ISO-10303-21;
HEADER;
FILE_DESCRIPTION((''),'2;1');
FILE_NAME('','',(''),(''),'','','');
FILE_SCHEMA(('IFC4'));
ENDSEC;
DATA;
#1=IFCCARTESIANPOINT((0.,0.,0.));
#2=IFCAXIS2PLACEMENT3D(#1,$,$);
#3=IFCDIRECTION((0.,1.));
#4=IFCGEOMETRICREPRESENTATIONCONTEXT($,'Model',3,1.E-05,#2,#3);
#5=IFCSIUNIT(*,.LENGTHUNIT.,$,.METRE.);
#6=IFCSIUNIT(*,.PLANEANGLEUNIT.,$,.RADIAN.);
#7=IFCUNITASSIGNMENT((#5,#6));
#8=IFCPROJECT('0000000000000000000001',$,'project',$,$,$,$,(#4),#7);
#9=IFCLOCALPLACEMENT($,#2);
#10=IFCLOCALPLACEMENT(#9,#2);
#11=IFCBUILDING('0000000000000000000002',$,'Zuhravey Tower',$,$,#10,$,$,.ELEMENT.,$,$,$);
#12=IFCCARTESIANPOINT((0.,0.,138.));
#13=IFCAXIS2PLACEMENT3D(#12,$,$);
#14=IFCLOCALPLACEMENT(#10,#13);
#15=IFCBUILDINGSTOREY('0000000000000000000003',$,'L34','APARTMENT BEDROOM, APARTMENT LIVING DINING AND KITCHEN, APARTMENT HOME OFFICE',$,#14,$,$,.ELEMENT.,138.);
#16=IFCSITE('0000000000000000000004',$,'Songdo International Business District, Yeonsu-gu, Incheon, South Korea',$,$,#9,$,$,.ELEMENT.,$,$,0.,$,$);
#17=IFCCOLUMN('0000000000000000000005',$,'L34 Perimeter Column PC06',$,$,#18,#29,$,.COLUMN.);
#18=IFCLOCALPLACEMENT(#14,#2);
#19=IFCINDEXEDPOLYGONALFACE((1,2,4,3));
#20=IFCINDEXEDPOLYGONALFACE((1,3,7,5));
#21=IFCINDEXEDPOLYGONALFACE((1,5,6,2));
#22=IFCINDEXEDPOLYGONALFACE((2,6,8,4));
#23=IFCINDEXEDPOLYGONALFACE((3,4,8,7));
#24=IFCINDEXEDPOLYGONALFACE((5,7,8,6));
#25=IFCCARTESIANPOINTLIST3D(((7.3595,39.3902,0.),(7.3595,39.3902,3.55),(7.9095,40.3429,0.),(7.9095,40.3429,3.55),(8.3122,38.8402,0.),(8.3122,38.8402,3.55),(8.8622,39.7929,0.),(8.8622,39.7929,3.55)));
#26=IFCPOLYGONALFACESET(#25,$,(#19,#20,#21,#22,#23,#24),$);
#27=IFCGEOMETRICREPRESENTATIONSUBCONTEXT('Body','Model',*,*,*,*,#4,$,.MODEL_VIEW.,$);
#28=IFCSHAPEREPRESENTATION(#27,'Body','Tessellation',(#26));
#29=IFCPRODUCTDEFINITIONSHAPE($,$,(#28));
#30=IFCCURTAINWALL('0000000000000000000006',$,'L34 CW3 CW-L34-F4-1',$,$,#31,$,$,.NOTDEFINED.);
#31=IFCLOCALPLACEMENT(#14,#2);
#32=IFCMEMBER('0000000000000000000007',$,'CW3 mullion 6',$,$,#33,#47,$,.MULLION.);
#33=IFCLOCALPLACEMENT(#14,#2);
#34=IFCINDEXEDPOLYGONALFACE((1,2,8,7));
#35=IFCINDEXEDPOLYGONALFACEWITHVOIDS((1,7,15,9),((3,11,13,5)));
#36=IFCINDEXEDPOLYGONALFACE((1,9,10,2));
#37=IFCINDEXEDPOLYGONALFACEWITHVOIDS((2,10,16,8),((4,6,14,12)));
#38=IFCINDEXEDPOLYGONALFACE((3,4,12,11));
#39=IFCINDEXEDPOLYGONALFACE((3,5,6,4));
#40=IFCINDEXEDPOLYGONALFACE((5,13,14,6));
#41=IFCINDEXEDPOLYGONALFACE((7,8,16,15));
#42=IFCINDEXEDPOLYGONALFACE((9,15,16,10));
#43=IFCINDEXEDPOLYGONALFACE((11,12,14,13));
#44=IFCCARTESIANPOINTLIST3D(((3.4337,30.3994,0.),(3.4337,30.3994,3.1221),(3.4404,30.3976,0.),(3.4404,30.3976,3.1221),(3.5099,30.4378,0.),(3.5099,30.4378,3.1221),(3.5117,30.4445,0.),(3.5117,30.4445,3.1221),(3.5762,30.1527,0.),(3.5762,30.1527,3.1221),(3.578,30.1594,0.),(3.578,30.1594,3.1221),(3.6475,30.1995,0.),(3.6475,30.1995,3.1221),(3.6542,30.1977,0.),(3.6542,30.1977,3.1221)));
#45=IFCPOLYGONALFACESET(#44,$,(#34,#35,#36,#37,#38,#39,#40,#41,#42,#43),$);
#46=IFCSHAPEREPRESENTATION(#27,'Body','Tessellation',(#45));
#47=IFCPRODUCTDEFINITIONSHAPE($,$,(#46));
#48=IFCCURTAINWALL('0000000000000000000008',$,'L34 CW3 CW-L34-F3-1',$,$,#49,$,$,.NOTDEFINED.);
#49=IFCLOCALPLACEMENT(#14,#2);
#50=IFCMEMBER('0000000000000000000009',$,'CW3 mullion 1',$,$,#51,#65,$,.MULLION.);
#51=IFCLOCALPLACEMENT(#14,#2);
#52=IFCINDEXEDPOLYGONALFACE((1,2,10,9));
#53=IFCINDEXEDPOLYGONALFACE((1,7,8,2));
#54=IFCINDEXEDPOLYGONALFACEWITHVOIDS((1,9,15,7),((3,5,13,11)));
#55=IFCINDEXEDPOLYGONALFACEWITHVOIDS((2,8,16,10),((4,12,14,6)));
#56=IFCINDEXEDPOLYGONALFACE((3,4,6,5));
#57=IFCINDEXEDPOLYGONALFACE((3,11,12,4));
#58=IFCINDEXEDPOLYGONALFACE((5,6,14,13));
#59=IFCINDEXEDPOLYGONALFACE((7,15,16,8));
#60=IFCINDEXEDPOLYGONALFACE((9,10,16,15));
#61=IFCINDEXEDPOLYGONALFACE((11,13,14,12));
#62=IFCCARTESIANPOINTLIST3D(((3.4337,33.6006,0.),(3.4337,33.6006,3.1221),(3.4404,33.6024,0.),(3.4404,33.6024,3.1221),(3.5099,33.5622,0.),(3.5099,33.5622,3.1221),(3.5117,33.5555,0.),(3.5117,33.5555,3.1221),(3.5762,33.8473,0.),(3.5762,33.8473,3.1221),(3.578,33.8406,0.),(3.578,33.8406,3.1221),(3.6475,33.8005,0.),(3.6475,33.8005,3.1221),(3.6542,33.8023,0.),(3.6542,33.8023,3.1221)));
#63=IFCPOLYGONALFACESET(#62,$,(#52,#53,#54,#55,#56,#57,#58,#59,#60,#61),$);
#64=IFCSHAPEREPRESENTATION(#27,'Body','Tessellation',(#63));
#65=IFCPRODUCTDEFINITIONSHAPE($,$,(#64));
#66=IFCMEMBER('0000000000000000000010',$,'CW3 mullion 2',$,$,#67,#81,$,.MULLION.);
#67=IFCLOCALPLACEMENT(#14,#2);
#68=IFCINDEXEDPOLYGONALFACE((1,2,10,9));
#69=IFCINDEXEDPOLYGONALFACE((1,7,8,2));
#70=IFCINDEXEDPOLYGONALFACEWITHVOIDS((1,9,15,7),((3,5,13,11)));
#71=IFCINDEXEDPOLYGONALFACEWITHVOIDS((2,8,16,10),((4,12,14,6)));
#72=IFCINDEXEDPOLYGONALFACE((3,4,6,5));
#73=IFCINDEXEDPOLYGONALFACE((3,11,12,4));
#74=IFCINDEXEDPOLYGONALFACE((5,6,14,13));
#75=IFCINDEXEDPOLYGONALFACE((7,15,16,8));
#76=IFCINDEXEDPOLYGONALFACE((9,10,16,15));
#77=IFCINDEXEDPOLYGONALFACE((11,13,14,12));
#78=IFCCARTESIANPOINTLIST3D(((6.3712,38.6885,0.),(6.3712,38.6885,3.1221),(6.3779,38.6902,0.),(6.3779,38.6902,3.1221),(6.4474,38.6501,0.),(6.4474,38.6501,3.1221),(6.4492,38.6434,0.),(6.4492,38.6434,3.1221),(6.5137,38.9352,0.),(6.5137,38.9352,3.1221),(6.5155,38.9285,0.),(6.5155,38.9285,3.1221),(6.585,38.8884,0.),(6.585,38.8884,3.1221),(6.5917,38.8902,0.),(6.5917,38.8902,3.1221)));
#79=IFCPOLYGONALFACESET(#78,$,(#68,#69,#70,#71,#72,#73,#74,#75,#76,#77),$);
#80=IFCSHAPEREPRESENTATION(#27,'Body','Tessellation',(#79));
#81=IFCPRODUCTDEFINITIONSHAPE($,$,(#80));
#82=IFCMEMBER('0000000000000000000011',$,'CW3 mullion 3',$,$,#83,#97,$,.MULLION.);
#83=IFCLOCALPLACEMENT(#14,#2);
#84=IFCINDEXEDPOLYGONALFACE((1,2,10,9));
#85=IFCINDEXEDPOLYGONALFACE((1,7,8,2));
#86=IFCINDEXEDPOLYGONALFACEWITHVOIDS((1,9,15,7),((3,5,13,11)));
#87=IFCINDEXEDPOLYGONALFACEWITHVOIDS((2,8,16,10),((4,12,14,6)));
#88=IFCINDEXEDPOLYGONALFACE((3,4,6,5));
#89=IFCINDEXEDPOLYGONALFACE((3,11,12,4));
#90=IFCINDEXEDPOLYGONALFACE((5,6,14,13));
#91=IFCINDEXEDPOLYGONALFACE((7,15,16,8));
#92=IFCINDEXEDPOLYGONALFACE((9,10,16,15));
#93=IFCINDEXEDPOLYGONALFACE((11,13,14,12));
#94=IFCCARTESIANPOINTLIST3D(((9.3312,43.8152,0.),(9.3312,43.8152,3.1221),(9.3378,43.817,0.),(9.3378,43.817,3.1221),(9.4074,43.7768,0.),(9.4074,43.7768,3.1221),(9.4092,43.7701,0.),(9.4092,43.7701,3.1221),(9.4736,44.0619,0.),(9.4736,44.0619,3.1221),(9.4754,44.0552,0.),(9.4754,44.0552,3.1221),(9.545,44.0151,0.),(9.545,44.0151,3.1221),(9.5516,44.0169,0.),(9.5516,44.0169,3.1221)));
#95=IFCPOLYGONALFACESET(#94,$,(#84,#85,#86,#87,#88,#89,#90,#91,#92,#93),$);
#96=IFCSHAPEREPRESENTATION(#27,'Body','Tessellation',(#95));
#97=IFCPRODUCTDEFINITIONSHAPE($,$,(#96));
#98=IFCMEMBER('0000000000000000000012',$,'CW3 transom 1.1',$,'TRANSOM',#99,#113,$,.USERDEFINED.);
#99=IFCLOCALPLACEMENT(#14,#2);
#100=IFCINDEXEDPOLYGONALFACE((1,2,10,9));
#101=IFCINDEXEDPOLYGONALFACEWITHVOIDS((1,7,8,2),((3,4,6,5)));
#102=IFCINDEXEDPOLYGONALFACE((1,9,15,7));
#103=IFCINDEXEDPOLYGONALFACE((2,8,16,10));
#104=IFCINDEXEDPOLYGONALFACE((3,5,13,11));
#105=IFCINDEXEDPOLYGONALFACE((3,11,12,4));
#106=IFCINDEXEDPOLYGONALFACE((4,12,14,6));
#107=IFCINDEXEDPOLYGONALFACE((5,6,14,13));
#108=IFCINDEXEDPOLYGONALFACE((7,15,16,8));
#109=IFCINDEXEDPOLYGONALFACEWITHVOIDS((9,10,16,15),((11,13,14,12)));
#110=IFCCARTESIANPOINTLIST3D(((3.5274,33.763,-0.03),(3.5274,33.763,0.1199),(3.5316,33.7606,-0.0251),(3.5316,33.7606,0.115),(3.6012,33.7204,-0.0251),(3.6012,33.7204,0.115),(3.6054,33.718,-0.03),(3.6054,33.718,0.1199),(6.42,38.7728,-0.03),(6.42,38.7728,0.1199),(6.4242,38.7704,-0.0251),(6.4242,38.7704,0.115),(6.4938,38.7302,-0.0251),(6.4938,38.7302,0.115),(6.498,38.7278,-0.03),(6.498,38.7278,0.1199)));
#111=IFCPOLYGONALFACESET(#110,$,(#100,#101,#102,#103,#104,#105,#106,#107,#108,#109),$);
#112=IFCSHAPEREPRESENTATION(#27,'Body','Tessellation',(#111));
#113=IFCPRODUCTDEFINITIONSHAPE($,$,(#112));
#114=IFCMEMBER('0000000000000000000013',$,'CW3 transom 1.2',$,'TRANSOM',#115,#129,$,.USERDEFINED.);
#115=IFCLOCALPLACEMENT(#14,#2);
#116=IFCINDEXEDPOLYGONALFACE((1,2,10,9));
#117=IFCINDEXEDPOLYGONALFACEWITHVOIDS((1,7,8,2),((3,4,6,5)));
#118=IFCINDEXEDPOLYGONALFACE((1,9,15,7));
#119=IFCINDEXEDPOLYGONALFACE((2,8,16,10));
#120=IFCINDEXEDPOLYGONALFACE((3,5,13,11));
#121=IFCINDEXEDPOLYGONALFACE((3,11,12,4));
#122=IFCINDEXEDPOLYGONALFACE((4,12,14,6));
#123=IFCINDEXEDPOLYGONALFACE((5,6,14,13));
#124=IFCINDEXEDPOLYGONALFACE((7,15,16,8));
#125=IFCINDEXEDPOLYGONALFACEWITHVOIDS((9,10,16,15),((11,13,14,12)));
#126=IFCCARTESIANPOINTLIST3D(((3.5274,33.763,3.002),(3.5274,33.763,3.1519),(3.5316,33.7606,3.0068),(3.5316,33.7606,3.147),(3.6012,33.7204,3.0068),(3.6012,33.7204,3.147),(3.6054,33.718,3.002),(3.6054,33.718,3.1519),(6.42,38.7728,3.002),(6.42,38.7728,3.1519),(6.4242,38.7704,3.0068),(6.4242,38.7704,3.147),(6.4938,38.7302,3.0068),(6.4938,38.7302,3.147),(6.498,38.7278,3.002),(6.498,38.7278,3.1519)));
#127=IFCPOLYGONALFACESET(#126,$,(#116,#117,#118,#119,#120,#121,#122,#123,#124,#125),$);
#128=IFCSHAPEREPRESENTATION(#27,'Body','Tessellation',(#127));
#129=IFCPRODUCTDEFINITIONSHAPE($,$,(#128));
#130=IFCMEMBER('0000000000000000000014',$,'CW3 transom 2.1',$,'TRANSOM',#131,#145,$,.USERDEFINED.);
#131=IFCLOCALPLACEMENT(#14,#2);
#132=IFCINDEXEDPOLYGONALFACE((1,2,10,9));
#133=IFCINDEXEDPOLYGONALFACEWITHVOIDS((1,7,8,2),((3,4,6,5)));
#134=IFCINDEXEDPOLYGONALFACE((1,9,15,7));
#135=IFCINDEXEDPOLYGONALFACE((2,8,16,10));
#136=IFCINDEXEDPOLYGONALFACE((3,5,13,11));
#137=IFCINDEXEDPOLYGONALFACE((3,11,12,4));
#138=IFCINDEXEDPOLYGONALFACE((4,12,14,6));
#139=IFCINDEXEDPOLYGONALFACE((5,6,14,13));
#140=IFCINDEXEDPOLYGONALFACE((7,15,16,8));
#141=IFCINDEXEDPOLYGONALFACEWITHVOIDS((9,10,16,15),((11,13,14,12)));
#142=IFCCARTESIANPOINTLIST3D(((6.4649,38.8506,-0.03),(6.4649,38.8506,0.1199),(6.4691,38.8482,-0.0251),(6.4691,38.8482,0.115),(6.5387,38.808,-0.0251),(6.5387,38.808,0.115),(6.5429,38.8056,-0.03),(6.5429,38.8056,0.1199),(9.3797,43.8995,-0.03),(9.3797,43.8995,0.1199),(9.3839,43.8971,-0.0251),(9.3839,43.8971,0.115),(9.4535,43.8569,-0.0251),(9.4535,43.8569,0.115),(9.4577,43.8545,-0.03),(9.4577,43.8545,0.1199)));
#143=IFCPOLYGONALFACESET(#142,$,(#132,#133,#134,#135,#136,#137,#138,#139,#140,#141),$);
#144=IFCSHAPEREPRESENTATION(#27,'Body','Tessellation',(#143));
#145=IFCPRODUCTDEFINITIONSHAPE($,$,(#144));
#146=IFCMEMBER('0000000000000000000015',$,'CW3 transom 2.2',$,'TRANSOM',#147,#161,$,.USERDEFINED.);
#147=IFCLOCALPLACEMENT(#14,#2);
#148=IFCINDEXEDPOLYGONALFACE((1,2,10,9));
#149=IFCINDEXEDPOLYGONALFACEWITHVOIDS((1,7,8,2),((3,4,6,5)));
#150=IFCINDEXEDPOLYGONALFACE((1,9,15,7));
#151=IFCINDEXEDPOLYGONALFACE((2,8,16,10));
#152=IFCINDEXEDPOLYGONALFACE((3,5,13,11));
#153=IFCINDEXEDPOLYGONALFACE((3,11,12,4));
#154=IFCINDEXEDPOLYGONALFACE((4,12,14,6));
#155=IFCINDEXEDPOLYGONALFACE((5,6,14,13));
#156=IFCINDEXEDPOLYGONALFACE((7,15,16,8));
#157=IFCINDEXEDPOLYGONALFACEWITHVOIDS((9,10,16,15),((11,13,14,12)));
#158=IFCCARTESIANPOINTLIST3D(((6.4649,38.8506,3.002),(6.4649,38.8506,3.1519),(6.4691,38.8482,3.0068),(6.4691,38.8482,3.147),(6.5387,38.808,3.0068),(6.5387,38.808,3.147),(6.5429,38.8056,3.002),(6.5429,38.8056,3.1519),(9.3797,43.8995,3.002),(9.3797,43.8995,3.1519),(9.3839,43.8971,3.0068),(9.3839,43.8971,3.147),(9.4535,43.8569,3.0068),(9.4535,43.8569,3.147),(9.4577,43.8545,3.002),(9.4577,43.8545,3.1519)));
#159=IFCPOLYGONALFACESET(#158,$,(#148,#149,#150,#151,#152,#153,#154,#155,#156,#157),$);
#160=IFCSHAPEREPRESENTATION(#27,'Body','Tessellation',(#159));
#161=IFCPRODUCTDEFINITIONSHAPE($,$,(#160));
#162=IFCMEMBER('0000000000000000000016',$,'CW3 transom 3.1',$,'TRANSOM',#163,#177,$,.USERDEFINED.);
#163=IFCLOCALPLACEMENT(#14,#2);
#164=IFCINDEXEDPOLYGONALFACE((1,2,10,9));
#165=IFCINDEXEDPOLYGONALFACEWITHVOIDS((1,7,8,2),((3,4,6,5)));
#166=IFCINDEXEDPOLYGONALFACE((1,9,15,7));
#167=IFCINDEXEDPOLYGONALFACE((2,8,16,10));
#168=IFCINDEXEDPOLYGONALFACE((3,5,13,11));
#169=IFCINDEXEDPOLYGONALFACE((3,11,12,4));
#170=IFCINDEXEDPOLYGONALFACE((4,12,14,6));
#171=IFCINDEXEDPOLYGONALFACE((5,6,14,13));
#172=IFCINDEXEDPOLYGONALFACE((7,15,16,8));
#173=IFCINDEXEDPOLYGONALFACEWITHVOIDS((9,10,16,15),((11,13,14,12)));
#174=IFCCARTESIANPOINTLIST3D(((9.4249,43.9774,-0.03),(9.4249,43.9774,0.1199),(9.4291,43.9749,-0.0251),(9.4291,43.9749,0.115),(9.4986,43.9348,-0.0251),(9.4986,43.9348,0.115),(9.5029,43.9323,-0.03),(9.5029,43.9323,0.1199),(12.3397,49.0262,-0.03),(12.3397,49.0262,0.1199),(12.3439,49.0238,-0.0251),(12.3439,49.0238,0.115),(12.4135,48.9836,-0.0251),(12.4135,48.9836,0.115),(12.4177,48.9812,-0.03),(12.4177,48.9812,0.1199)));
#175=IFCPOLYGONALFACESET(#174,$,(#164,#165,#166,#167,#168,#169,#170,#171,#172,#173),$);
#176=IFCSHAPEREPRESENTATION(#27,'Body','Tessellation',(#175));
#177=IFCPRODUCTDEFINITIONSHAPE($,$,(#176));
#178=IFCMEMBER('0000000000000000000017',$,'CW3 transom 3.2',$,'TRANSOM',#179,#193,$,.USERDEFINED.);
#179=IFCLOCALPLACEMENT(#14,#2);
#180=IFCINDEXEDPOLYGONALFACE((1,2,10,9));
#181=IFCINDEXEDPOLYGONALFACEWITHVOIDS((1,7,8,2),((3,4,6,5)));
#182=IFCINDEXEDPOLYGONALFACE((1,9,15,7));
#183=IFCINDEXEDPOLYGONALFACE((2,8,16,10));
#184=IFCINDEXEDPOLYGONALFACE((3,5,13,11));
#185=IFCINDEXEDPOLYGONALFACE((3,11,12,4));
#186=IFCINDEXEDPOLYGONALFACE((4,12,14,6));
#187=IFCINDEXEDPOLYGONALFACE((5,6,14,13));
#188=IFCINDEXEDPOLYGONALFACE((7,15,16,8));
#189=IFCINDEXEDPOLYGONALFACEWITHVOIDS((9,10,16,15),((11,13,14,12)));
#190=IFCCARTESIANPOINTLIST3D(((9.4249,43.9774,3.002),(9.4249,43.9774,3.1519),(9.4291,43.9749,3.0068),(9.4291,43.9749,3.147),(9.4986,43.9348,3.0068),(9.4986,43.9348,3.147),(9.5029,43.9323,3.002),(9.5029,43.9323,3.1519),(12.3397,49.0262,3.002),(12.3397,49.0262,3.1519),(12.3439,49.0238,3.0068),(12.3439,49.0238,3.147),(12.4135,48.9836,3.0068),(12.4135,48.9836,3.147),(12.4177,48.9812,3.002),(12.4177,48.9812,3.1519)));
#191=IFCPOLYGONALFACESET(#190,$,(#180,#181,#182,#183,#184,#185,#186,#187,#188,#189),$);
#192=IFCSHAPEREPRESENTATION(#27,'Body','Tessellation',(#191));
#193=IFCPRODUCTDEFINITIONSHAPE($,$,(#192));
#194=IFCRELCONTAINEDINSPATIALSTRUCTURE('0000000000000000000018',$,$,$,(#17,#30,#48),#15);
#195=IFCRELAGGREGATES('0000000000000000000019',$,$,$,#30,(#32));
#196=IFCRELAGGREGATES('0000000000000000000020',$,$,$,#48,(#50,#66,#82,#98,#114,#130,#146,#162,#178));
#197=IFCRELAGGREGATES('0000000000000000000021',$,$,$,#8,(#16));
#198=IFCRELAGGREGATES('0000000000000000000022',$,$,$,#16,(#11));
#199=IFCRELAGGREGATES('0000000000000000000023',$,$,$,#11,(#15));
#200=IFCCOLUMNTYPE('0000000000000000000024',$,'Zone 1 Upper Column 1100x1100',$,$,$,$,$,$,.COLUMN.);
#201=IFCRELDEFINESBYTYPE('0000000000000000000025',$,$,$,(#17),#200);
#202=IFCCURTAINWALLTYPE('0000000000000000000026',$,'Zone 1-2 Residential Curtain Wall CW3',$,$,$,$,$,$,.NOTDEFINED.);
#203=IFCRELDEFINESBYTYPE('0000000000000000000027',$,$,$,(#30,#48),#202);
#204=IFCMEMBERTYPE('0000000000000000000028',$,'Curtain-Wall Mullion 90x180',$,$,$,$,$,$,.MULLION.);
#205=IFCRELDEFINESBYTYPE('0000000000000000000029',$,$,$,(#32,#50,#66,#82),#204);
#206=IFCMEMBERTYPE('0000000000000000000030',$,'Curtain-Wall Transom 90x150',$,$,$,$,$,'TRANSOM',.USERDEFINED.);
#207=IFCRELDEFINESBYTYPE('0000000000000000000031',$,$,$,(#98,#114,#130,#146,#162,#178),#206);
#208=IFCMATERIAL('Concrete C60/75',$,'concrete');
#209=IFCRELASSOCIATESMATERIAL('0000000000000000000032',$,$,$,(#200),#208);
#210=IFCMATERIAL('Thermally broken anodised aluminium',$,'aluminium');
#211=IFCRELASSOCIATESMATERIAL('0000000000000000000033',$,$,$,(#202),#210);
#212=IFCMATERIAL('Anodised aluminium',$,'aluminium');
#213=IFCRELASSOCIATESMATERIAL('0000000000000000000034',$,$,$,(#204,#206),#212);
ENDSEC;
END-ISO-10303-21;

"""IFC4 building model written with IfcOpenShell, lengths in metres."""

from ifc_helpers import new_model, si_unit, direction, frame, origin, origin_2d, place, context, subcontext, project, spatial, rectangle, hollow_rectangle, extrude, material, material_profile, profile_set, type_object, element, aggregate, save


model = new_model("IFC4")

# Units and contexts
model_context = context("Model", 3, precision=1e-05, world=origin(), true_north=direction((0.0, 1.0)))
body_context = subcontext(model_context, "Body", "Model", "MODEL_VIEW")
ifc_project = project(units=[si_unit("LENGTHUNIT", "METRE"), si_unit("PLANEANGLEUNIT", "RADIAN")], contexts=[model_context])

# Site, building, storey
site_placement = place(None, origin())
site = spatial("IfcSite", under=ifc_project, at=site_placement, Name="Songdo International Business District, Yeonsu-gu, Incheon, South Korea", CompositionType="ELEMENT", RefElevation=0.0)
building_placement = place(site_placement, origin())
building = spatial("IfcBuilding", under=site, at=building_placement, Name="Zuhravey Tower", CompositionType="ELEMENT")
storey_placement = place(building_placement, frame((0.0, 0.0, 138.0)))
storey = spatial("IfcBuildingStorey", under=building, at=storey_placement, Name="L34", Description="APARTMENT BEDROOM, APARTMENT LIVING DINING AND KITCHEN, APARTMENT HOME OFFICE", CompositionType="ELEMENT", Elevation=138.0)

# Column
ifc_material_1 = material(Name="Concrete C60/75", Category="concrete")
ifc_material_profile_1 = material_profile(ifc_material_1, rectangle(XDim=1.1001, YDim=1.1001, at=origin_2d()), Name="RC-1100x1100")
ifc_profile_set_1 = profile_set([ifc_material_profile_1], Name="Concrete C60/75")
column_type = type_object("IfcColumnType", Name="Zone 1 Upper Column 1100x1100", PredefinedType="COLUMN", material=ifc_profile_set_1)
column_placement = place(storey_placement, frame((8.1108, 39.5916, 0.0), z_axis=(0.0, 0.0, 1.0), x_axis=(-0.5, -0.866025, 0.0)))
element("IfcColumn", 1, at=column_placement, inside=storey, type_object=column_type, Name="L34 Perimeter Column PC06", PredefinedType="COLUMN", context=body_context, shape_type="SweptSolid", body=[
    extrude(rectangle(XDim=1.1001, YDim=1.1001, at=origin_2d()), origin(), (0.0, 0.0, 1.0), 3.55),
])

# Curtain wall, member
ifc_material_2 = material(Name="Thermally broken anodised aluminium", Category="aluminium")
curtain_wall_type = type_object("IfcCurtainWallType", Name="Zone 1-2 Residential Curtain Wall CW3", PredefinedType="NOTDEFINED", material=ifc_material_2)
curtain_wall_1_placement = place(storey_placement, origin())
curtain_wall_1 = element("IfcCurtainWall", 2, at=curtain_wall_1_placement, inside=storey, type_object=curtain_wall_type, Name="L34 CW3 CW-L34-F4-1", PredefinedType="NOTDEFINED")
ifc_material_3 = material(Name="Anodised aluminium", Category="aluminium")
ifc_material_profile_2 = material_profile(ifc_material_3, hollow_rectangle(XDim=0.0901, YDim=0.2849, WallThickness=0.0049, at=origin_2d()), Name="ALU-RHS-90x285x5")
ifc_profile_set_2 = profile_set([ifc_material_profile_2], Name="Anodised aluminium")
member_type_1 = type_object("IfcMemberType", Name="Curtain-Wall Mullion 90x180", PredefinedType="MULLION", material=ifc_profile_set_2)
member_1_placement = place(storey_placement, frame((3.5439, 30.2986, 0.0), z_axis=(0.0, 0.0, 1.0), x_axis=(-0.866026, -0.5, 0.0)))
member_1 = element("IfcMember", 3, at=member_1_placement, type_object=member_type_1, Name="CW3 mullion 6", PredefinedType="MULLION", context=body_context, shape_type="SweptSolid", body=[
    extrude(hollow_rectangle(XDim=0.0901, YDim=0.2849, WallThickness=0.0049, at=origin_2d()), origin(), (0.0, 0.0, 1.0), 3.1221),
])
aggregate(curtain_wall_1, [member_1])

# Curtain wall, members
curtain_wall_2_placement = place(storey_placement, origin())
curtain_wall_2 = element("IfcCurtainWall", 4, at=curtain_wall_2_placement, inside=storey, type_object=curtain_wall_type, Name="L34 CW3 CW-L34-F3-1", PredefinedType="NOTDEFINED")
member_2_placement = place(storey_placement, frame((3.5439, 33.7014, 0.0), z_axis=(0.0, 0.0, 1.0), x_axis=(-0.866026, 0.5, 0.0)))
member_2 = element("IfcMember", 5, at=member_2_placement, type_object=member_type_1, Name="CW3 mullion 1", PredefinedType="MULLION", context=body_context, shape_type="SweptSolid", body=[
    extrude(hollow_rectangle(XDim=0.0901, YDim=0.2849, WallThickness=0.0049, at=origin_2d()), origin(), (0.0, 0.0, 1.0), 3.1221),
])
member_3_placement = place(storey_placement, frame((6.4814, 38.7893, 0.0), z_axis=(0.0, 0.0, 1.0), x_axis=(-0.866026, 0.5, 0.0)))
member_3 = element("IfcMember", 6, at=member_3_placement, type_object=member_type_1, Name="CW3 mullion 2", PredefinedType="MULLION", context=body_context, shape_type="SweptSolid", body=[
    extrude(hollow_rectangle(XDim=0.0901, YDim=0.2849, WallThickness=0.0049, at=origin_2d()), origin(), (0.0, 0.0, 1.0), 3.1221),
])
member_4_placement = place(storey_placement, frame((9.4414, 43.916, 0.0), z_axis=(0.0, 0.0, 1.0), x_axis=(-0.866026, 0.5, 0.0)))
member_4 = element("IfcMember", 7, at=member_4_placement, type_object=member_type_1, Name="CW3 mullion 3", PredefinedType="MULLION", context=body_context, shape_type="SweptSolid", body=[
    extrude(hollow_rectangle(XDim=0.0901, YDim=0.2849, WallThickness=0.0049, at=origin_2d()), origin(), (0.0, 0.0, 1.0), 3.1221),
])
ifc_material_profile_3 = material_profile(ifc_material_3, hollow_rectangle(XDim=0.0901, YDim=0.1499, WallThickness=0.0049, at=origin_2d()), Name="ALU-RHS-90x150x5")
ifc_profile_set_3 = profile_set([ifc_material_profile_3], Name="Anodised aluminium")
member_type_2 = type_object("IfcMemberType", Name="Curtain-Wall Transom 90x150", ElementType="TRANSOM", PredefinedType="USERDEFINED", material=ifc_profile_set_3)
member_5_placement = place(storey_placement, frame((3.5664, 33.7405, 0.0449), z_axis=(0.500024, 0.866011, 0.0), x_axis=(-0.866011, 0.500024, 0.0)))
member_5 = element("IfcMember", 8, at=member_5_placement, type_object=member_type_2, Name="CW3 transom 1.1", ObjectType="TRANSOM", PredefinedType="USERDEFINED", context=body_context, shape_type="SweptSolid", body=[
    extrude(hollow_rectangle(XDim=0.0901, YDim=0.1499, WallThickness=0.0049, at=origin_2d()), origin(), (0.0, 0.0, 1.0), 5.7849),
])
member_6_placement = place(storey_placement, frame((3.5664, 33.7405, 3.0769), z_axis=(0.500024, 0.866011, 0.0), x_axis=(-0.866011, 0.500024, 0.0)))
member_6 = element("IfcMember", 9, at=member_6_placement, type_object=member_type_2, Name="CW3 transom 1.2", ObjectType="TRANSOM", PredefinedType="USERDEFINED", context=body_context, shape_type="SweptSolid", body=[
    extrude(hollow_rectangle(XDim=0.0901, YDim=0.1499, WallThickness=0.0049, at=origin_2d()), origin(), (0.0, 0.0, 1.0), 5.7849),
])
member_7_placement = place(storey_placement, frame((6.5039, 38.8281, 0.0449), z_axis=(0.499981, 0.866036, 0.0), x_axis=(-0.866036, 0.499981, 0.0)))
member_7 = element("IfcMember", 10, at=member_7_placement, type_object=member_type_2, Name="CW3 transom 2.1", ObjectType="TRANSOM", PredefinedType="USERDEFINED", context=body_context, shape_type="SweptSolid", body=[
    extrude(hollow_rectangle(XDim=0.0901, YDim=0.1499, WallThickness=0.0049, at=origin_2d()), origin(), (0.0, 0.0, 1.0), 5.8298),
])
member_8_placement = place(storey_placement, frame((6.5039, 38.8281, 3.0769), z_axis=(0.499981, 0.866036, 0.0), x_axis=(-0.866036, 0.499981, 0.0)))
member_8 = element("IfcMember", 11, at=member_8_placement, type_object=member_type_2, Name="CW3 transom 2.2", ObjectType="TRANSOM", PredefinedType="USERDEFINED", context=body_context, shape_type="SweptSolid", body=[
    extrude(hollow_rectangle(XDim=0.0901, YDim=0.1499, WallThickness=0.0049, at=origin_2d()), origin(), (0.0, 0.0, 1.0), 5.8298),
])
member_9_placement = place(storey_placement, frame((9.4639, 43.9548, 0.0449), z_axis=(0.499981, 0.866036, 0.0), x_axis=(-0.866036, 0.499981, 0.0)))
member_9 = element("IfcMember", 12, at=member_9_placement, type_object=member_type_2, Name="CW3 transom 3.1", ObjectType="TRANSOM", PredefinedType="USERDEFINED", context=body_context, shape_type="SweptSolid", body=[
    extrude(hollow_rectangle(XDim=0.0901, YDim=0.1499, WallThickness=0.0049, at=origin_2d()), origin(), (0.0, 0.0, 1.0), 5.8298),
])
member_10_placement = place(storey_placement, frame((9.4639, 43.9548, 3.0769), z_axis=(0.499981, 0.866036, 0.0), x_axis=(-0.866036, 0.499981, 0.0)))
member_10 = element("IfcMember", 13, at=member_10_placement, type_object=member_type_2, Name="CW3 transom 3.2", ObjectType="TRANSOM", PredefinedType="USERDEFINED", context=body_context, shape_type="SweptSolid", body=[
    extrude(hollow_rectangle(XDim=0.0901, YDim=0.1499, WallThickness=0.0049, at=origin_2d()), origin(), (0.0, 0.0, 1.0), 5.8298),
])

aggregate(curtain_wall_2, [member_2, member_3, member_4, member_5, member_6, member_7, member_8, member_9, member_10])

save(model, "model.ifc")
